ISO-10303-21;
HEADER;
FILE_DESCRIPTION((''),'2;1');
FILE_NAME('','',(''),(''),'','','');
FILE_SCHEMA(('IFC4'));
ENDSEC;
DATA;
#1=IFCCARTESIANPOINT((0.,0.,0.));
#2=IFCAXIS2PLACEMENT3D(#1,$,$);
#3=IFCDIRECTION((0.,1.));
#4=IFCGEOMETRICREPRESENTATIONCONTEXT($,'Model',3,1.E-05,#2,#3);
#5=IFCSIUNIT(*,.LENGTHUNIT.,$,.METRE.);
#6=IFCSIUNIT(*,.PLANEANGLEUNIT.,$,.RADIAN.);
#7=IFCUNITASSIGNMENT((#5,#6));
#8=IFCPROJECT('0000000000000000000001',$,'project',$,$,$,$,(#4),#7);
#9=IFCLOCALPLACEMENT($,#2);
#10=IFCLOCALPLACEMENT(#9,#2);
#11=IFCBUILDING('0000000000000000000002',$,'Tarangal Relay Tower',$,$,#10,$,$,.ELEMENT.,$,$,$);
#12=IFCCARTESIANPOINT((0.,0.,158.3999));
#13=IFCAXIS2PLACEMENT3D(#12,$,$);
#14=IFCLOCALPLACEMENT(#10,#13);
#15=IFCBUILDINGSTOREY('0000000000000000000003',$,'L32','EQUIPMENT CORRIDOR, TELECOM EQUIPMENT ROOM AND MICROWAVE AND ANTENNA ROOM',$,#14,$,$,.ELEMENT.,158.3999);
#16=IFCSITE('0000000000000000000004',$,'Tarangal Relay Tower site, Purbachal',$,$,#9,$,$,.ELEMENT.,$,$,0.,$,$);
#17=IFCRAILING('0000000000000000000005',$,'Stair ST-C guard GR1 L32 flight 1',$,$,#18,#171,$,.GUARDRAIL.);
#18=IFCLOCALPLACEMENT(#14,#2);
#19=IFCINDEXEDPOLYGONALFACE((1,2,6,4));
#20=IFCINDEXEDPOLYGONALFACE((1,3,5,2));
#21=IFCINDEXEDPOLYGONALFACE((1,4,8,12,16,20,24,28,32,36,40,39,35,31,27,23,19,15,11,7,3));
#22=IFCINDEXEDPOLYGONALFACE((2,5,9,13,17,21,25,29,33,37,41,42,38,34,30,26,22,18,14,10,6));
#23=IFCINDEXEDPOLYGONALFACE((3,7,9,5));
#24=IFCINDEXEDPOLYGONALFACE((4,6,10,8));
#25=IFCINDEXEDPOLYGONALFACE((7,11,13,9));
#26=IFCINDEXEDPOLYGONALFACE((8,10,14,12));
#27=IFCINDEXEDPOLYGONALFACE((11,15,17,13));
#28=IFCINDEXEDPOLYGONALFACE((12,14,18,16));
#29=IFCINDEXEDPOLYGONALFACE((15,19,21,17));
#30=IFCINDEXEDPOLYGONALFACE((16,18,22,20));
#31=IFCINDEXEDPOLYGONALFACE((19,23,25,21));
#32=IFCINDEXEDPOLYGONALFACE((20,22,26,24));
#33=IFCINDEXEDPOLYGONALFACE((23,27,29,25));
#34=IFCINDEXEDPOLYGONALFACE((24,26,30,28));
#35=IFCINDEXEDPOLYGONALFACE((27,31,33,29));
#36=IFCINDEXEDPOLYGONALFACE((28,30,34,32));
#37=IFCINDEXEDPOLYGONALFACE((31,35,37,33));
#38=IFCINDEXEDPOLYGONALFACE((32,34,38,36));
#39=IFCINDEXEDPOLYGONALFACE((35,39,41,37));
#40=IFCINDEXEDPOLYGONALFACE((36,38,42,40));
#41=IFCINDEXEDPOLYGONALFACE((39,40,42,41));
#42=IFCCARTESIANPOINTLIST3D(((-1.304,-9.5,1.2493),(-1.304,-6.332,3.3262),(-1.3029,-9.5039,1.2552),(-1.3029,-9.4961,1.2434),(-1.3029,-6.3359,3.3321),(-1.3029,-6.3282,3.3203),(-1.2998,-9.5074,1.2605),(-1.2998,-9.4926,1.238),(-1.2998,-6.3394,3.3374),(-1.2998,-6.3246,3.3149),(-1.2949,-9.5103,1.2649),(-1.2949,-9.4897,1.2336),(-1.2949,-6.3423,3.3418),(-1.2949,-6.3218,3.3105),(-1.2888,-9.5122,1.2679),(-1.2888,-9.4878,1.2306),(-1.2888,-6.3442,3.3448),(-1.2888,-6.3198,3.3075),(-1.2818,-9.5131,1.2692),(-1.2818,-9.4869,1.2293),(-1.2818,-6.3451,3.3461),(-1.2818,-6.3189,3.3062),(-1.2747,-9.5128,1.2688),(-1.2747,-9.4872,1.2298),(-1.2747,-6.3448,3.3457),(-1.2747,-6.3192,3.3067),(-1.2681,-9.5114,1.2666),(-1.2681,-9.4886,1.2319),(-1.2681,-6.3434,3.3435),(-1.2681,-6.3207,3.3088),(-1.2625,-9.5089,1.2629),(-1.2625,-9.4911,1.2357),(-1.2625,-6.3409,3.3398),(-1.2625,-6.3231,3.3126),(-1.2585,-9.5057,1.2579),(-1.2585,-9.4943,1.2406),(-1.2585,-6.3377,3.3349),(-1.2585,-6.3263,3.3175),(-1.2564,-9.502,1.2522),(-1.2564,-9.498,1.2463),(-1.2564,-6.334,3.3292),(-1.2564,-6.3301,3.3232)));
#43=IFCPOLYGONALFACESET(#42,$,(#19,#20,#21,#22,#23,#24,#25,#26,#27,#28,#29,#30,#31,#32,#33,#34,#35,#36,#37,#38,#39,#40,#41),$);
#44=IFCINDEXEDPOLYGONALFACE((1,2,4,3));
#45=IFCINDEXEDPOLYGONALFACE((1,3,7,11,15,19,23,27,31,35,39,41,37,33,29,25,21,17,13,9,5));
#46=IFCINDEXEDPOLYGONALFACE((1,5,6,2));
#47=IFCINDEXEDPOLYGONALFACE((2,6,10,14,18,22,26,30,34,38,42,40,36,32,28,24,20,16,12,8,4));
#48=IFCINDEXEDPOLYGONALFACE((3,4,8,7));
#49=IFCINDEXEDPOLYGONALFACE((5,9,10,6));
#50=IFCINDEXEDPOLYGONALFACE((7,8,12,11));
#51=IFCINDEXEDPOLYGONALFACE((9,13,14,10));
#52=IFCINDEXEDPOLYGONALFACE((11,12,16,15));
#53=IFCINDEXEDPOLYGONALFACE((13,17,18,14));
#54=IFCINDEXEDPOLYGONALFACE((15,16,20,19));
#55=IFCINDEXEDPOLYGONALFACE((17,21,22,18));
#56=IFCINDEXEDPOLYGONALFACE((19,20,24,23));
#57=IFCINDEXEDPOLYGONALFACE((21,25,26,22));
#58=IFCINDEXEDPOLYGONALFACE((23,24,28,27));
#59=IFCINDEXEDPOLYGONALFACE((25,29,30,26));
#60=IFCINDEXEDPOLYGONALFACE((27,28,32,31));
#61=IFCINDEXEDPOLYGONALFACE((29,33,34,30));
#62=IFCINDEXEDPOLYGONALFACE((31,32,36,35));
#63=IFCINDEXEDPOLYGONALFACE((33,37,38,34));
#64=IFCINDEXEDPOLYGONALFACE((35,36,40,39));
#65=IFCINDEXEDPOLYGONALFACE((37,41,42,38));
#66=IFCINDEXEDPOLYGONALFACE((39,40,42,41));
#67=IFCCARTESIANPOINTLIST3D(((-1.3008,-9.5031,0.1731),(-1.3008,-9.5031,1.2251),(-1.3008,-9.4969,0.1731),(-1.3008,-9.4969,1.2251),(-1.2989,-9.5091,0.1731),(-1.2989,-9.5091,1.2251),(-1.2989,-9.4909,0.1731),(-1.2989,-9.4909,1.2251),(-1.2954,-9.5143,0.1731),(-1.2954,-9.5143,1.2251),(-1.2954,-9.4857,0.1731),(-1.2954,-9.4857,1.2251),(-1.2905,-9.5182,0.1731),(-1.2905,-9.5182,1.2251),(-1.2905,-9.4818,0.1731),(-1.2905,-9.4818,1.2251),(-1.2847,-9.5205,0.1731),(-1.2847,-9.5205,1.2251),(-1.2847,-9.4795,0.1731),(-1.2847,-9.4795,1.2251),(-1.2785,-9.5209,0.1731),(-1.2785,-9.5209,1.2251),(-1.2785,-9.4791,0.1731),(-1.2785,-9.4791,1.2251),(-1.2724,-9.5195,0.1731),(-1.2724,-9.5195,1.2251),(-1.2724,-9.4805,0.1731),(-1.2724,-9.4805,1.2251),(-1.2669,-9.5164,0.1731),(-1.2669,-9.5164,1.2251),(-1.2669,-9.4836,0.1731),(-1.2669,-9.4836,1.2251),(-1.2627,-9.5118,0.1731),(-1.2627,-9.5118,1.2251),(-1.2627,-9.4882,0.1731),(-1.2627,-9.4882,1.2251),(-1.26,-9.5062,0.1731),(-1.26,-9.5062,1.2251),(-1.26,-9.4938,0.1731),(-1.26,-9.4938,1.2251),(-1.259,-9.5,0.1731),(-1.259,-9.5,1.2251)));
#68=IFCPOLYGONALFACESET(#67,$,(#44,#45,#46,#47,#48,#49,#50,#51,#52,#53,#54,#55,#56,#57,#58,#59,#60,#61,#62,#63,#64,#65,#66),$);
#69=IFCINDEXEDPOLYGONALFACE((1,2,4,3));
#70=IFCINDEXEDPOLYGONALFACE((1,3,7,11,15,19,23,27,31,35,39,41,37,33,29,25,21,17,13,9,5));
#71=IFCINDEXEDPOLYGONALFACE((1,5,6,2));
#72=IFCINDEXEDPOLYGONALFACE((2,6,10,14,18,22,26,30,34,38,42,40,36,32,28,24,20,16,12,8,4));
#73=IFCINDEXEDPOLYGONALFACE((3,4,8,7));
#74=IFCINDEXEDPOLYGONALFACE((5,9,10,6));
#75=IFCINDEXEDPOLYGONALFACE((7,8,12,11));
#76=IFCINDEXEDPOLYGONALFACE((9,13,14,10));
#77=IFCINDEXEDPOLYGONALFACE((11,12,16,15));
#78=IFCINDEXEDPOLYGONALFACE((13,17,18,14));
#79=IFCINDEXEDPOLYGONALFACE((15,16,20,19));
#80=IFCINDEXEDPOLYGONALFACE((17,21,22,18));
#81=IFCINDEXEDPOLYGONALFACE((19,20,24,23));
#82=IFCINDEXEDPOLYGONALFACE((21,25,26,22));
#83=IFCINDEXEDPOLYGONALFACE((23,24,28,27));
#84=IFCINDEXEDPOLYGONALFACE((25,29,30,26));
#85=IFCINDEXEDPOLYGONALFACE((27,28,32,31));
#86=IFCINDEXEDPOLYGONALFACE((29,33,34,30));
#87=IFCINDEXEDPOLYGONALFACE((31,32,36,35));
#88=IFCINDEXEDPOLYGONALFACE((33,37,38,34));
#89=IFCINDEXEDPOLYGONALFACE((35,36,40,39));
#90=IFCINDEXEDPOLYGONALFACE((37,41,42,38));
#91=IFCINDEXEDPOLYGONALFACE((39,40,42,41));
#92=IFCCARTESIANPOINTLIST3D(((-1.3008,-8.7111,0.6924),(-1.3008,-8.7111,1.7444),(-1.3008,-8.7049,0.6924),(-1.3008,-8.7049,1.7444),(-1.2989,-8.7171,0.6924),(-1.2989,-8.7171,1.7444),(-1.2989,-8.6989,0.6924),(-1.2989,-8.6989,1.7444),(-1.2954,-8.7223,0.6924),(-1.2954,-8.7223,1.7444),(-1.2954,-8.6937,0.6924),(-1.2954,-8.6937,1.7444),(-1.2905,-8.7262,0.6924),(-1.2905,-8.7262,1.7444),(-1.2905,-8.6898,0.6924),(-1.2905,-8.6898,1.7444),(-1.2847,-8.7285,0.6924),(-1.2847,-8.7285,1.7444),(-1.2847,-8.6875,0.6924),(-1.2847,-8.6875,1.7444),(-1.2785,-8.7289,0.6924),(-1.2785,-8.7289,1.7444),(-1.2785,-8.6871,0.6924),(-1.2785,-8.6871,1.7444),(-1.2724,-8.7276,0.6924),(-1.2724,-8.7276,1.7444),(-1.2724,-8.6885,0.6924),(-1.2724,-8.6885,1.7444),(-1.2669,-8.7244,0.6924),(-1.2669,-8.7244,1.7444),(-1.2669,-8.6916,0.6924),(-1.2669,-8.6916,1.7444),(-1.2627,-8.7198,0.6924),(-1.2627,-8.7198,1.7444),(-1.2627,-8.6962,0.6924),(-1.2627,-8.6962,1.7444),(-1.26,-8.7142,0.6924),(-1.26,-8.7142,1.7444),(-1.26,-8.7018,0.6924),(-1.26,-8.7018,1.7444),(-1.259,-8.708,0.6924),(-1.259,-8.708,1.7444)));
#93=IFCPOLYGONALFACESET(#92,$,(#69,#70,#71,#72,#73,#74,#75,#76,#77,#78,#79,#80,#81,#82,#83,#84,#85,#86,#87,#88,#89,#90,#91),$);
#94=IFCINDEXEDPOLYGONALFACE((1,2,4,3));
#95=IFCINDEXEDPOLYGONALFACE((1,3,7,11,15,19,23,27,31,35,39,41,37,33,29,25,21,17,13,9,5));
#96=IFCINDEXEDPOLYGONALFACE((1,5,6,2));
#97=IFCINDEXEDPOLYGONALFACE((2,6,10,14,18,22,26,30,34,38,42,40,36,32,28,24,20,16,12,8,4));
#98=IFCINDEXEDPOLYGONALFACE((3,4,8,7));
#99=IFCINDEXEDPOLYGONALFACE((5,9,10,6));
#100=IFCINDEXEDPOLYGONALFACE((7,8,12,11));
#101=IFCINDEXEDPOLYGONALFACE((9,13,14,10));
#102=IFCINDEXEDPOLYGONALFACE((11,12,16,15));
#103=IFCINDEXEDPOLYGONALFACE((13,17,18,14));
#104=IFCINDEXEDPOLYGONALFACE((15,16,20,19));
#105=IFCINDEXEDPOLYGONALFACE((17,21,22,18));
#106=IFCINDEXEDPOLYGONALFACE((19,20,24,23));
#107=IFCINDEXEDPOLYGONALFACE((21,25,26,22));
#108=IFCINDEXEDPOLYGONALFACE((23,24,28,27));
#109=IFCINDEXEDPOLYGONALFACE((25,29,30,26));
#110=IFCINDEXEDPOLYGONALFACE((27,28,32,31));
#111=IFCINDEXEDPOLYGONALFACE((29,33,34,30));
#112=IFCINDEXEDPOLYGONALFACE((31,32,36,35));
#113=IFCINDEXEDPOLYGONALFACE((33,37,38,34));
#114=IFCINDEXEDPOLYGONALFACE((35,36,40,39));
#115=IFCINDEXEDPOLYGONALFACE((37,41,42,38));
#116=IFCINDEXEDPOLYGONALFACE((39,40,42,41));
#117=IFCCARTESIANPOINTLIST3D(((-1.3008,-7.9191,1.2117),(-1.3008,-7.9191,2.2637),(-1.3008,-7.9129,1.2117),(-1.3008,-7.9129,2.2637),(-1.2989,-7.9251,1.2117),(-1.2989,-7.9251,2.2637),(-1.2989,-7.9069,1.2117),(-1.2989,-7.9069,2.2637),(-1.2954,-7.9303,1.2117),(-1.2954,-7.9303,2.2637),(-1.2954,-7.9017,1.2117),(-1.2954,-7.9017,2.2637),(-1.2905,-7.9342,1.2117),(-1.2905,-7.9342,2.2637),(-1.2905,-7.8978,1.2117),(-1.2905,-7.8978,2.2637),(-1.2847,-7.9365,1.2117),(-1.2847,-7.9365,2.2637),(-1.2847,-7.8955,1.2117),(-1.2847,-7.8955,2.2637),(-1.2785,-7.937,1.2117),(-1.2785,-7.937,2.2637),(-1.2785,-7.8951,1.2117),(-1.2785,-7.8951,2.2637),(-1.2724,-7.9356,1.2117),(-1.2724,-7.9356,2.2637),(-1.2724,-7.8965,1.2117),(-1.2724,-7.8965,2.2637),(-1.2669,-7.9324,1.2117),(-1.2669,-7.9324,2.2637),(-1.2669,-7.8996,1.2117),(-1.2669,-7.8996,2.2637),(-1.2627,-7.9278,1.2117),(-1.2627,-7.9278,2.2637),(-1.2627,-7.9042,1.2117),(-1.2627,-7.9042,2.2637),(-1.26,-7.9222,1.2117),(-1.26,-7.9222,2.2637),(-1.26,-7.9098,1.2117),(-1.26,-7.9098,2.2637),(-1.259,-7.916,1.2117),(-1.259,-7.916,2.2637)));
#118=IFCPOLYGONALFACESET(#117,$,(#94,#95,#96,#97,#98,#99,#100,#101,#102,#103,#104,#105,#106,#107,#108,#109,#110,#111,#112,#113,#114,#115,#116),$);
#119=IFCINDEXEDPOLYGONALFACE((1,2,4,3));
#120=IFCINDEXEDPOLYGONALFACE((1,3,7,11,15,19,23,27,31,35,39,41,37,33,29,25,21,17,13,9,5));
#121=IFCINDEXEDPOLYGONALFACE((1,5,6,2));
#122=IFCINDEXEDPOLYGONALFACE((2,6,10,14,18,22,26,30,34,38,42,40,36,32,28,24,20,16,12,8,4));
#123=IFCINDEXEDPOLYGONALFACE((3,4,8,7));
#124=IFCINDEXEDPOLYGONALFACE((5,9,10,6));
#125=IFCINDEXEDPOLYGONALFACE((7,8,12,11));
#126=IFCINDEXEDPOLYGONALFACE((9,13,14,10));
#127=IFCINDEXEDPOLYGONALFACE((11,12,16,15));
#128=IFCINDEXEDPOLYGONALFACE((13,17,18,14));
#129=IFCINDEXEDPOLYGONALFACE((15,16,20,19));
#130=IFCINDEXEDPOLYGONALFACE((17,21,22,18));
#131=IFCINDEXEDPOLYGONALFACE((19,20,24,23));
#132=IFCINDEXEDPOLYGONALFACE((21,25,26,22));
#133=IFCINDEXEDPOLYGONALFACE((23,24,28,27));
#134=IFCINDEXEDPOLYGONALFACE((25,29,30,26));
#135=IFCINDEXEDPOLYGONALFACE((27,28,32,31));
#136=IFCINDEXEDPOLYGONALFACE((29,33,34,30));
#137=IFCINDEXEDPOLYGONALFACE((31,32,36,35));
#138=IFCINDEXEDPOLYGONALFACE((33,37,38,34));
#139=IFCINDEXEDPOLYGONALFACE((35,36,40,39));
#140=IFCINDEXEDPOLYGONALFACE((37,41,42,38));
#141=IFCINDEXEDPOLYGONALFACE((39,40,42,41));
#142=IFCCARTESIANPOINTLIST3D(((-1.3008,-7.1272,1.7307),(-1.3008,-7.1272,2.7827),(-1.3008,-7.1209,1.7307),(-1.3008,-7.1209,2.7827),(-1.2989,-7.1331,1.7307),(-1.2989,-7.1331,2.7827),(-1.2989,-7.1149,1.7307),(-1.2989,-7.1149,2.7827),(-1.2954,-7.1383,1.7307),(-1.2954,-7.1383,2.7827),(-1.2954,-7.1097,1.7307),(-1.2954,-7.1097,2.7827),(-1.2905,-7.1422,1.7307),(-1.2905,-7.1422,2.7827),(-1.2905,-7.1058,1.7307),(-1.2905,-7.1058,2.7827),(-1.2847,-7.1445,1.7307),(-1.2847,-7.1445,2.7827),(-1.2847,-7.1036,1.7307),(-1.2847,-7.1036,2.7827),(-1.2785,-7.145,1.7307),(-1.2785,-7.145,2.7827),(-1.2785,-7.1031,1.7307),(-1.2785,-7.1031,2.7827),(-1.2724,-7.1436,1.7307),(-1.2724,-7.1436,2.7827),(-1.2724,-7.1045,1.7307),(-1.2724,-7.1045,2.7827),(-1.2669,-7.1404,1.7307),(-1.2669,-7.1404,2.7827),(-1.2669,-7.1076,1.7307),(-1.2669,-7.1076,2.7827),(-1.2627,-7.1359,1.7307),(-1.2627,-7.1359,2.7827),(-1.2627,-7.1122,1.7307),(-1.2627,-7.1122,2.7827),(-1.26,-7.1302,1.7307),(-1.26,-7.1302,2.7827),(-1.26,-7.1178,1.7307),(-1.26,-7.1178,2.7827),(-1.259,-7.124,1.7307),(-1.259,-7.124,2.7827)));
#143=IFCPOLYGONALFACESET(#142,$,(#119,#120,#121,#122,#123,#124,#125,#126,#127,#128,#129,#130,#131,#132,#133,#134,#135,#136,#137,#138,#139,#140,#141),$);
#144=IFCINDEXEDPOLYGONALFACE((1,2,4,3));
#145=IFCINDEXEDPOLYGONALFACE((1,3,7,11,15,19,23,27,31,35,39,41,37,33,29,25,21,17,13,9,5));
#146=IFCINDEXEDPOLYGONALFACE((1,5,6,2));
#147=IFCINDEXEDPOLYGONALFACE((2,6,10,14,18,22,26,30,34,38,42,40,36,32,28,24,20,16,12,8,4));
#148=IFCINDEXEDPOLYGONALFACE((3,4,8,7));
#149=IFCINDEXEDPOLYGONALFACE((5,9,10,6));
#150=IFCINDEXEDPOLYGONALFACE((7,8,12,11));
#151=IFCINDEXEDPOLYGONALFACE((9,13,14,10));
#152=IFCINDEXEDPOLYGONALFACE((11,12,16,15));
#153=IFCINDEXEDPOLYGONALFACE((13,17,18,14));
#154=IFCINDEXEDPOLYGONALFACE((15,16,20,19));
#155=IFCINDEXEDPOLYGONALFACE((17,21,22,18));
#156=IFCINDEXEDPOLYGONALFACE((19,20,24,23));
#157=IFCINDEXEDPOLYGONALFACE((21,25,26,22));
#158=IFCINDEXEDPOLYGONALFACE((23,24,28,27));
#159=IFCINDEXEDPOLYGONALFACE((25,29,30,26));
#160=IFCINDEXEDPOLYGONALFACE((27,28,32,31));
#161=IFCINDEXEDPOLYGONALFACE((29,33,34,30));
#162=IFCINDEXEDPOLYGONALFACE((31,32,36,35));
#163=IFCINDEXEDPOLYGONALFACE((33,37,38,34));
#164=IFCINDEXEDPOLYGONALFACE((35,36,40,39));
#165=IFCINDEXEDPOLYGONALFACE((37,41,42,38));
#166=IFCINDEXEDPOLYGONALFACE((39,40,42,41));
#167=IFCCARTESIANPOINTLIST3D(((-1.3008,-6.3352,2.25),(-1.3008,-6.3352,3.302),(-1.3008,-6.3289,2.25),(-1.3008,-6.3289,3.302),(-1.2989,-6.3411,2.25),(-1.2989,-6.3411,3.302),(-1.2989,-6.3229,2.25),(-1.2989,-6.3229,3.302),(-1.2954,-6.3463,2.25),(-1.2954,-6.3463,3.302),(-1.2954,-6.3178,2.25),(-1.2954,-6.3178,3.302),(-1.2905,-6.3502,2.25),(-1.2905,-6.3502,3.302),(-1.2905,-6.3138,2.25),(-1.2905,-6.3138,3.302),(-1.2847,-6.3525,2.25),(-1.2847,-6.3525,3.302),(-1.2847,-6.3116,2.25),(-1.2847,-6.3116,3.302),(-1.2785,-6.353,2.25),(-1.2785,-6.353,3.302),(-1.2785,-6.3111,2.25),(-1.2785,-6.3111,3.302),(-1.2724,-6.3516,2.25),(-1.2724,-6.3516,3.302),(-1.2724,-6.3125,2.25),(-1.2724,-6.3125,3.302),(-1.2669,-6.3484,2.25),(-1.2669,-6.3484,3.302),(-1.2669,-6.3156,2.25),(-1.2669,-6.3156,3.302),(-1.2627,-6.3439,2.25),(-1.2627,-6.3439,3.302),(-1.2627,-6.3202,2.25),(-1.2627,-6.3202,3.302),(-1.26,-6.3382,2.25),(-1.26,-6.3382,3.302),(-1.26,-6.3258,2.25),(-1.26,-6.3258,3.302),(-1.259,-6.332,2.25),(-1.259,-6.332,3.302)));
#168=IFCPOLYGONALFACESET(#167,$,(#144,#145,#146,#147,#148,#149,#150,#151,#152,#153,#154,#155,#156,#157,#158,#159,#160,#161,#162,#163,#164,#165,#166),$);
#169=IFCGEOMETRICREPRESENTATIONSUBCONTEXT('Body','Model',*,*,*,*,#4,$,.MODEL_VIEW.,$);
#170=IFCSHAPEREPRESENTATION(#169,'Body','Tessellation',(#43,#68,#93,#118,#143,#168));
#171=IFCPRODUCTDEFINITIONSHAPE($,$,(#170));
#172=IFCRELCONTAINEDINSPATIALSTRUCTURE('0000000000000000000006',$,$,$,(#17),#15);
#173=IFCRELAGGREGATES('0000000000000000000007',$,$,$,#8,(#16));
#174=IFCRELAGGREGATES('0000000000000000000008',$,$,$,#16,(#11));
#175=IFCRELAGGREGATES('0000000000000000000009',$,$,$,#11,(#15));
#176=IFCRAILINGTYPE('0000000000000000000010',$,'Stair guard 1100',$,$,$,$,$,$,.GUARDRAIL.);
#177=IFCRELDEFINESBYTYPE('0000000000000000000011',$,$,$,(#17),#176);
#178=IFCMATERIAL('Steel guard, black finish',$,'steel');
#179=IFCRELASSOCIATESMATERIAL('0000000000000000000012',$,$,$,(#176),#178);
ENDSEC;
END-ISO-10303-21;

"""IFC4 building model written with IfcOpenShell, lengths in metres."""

from ifc_helpers import new_model, si_unit, direction, frame, origin, origin_2d, place, context, subcontext, project, spatial, circle, extrude, material, type_object, element, save


model = new_model("IFC4")

# Units and contexts
model_context = context("Model", 3, precision=1e-05, world=origin(), true_north=direction((0.0, 1.0)))
body_context = subcontext(model_context, "Body", "Model", "MODEL_VIEW")
ifc_project = project(units=[si_unit("LENGTHUNIT", "METRE"), si_unit("PLANEANGLEUNIT", "RADIAN")], contexts=[model_context])

# Site, building, storey
site_placement = place(None, origin())
site = spatial("IfcSite", under=ifc_project, at=site_placement, Name="Tarangal Relay Tower site, Purbachal", CompositionType="ELEMENT", RefElevation=0.0)
building_placement = place(site_placement, origin())
building = spatial("IfcBuilding", under=site, at=building_placement, Name="Tarangal Relay Tower", CompositionType="ELEMENT")
storey_placement = place(building_placement, frame((0.0, 0.0, 158.3999)))
storey = spatial("IfcBuildingStorey", under=building, at=storey_placement, Name="L32", Description="EQUIPMENT CORRIDOR, TELECOM EQUIPMENT ROOM AND MICROWAVE AND ANTENNA ROOM", CompositionType="ELEMENT", Elevation=158.3999)

# Railing
ifc_material_1 = material(Name="Steel guard, black finish", Category="steel")
railing_type_1 = type_object("IfcRailingType", Name="Stair guard 1100", PredefinedType="GUARDRAIL", material=ifc_material_1)
railing_1_placement = place(storey_placement, frame((-1.28, -9.5, 0.1731)))
element("IfcRailing", 1, at=railing_1_placement, inside=storey, type_object=railing_type_1, Name="Stair ST-C guard GR1 L32 flight 1", PredefinedType="GUARDRAIL", context=body_context, shape_type="SweptSolid", body=[
    extrude(circle(Radius=0.0239, at=origin_2d()), frame((0.0, 0.0, 1.0762), z_axis=(0.0, 0.836299, 0.548273), x_axis=(-1.0, 0.0, 0.0)), (0.0, 0.0, 1.0), 3.7881),
    extrude(circle(Radius=0.021, at=origin_2d()), origin(), (0.0, 0.0, 1.0), 1.052),
    extrude(circle(Radius=0.021, at=origin_2d()), frame((0.0, 0.792, 0.5193)), (0.0, 0.0, 1.0), 1.052),
    extrude(circle(Radius=0.021, at=origin_2d()), frame((0.0, 1.584, 1.0386)), (0.0, 0.0, 1.0), 1.052),
    extrude(circle(Radius=0.021, at=origin_2d()), frame((0.0, 2.376, 1.5576)), (0.0, 0.0, 1.0), 1.052),
    extrude(circle(Radius=0.021, at=origin_2d()), frame((0.0, 3.168, 2.0769)), (0.0, 0.0, 1.0), 1.052),
])

save(model, "model.ifc")
